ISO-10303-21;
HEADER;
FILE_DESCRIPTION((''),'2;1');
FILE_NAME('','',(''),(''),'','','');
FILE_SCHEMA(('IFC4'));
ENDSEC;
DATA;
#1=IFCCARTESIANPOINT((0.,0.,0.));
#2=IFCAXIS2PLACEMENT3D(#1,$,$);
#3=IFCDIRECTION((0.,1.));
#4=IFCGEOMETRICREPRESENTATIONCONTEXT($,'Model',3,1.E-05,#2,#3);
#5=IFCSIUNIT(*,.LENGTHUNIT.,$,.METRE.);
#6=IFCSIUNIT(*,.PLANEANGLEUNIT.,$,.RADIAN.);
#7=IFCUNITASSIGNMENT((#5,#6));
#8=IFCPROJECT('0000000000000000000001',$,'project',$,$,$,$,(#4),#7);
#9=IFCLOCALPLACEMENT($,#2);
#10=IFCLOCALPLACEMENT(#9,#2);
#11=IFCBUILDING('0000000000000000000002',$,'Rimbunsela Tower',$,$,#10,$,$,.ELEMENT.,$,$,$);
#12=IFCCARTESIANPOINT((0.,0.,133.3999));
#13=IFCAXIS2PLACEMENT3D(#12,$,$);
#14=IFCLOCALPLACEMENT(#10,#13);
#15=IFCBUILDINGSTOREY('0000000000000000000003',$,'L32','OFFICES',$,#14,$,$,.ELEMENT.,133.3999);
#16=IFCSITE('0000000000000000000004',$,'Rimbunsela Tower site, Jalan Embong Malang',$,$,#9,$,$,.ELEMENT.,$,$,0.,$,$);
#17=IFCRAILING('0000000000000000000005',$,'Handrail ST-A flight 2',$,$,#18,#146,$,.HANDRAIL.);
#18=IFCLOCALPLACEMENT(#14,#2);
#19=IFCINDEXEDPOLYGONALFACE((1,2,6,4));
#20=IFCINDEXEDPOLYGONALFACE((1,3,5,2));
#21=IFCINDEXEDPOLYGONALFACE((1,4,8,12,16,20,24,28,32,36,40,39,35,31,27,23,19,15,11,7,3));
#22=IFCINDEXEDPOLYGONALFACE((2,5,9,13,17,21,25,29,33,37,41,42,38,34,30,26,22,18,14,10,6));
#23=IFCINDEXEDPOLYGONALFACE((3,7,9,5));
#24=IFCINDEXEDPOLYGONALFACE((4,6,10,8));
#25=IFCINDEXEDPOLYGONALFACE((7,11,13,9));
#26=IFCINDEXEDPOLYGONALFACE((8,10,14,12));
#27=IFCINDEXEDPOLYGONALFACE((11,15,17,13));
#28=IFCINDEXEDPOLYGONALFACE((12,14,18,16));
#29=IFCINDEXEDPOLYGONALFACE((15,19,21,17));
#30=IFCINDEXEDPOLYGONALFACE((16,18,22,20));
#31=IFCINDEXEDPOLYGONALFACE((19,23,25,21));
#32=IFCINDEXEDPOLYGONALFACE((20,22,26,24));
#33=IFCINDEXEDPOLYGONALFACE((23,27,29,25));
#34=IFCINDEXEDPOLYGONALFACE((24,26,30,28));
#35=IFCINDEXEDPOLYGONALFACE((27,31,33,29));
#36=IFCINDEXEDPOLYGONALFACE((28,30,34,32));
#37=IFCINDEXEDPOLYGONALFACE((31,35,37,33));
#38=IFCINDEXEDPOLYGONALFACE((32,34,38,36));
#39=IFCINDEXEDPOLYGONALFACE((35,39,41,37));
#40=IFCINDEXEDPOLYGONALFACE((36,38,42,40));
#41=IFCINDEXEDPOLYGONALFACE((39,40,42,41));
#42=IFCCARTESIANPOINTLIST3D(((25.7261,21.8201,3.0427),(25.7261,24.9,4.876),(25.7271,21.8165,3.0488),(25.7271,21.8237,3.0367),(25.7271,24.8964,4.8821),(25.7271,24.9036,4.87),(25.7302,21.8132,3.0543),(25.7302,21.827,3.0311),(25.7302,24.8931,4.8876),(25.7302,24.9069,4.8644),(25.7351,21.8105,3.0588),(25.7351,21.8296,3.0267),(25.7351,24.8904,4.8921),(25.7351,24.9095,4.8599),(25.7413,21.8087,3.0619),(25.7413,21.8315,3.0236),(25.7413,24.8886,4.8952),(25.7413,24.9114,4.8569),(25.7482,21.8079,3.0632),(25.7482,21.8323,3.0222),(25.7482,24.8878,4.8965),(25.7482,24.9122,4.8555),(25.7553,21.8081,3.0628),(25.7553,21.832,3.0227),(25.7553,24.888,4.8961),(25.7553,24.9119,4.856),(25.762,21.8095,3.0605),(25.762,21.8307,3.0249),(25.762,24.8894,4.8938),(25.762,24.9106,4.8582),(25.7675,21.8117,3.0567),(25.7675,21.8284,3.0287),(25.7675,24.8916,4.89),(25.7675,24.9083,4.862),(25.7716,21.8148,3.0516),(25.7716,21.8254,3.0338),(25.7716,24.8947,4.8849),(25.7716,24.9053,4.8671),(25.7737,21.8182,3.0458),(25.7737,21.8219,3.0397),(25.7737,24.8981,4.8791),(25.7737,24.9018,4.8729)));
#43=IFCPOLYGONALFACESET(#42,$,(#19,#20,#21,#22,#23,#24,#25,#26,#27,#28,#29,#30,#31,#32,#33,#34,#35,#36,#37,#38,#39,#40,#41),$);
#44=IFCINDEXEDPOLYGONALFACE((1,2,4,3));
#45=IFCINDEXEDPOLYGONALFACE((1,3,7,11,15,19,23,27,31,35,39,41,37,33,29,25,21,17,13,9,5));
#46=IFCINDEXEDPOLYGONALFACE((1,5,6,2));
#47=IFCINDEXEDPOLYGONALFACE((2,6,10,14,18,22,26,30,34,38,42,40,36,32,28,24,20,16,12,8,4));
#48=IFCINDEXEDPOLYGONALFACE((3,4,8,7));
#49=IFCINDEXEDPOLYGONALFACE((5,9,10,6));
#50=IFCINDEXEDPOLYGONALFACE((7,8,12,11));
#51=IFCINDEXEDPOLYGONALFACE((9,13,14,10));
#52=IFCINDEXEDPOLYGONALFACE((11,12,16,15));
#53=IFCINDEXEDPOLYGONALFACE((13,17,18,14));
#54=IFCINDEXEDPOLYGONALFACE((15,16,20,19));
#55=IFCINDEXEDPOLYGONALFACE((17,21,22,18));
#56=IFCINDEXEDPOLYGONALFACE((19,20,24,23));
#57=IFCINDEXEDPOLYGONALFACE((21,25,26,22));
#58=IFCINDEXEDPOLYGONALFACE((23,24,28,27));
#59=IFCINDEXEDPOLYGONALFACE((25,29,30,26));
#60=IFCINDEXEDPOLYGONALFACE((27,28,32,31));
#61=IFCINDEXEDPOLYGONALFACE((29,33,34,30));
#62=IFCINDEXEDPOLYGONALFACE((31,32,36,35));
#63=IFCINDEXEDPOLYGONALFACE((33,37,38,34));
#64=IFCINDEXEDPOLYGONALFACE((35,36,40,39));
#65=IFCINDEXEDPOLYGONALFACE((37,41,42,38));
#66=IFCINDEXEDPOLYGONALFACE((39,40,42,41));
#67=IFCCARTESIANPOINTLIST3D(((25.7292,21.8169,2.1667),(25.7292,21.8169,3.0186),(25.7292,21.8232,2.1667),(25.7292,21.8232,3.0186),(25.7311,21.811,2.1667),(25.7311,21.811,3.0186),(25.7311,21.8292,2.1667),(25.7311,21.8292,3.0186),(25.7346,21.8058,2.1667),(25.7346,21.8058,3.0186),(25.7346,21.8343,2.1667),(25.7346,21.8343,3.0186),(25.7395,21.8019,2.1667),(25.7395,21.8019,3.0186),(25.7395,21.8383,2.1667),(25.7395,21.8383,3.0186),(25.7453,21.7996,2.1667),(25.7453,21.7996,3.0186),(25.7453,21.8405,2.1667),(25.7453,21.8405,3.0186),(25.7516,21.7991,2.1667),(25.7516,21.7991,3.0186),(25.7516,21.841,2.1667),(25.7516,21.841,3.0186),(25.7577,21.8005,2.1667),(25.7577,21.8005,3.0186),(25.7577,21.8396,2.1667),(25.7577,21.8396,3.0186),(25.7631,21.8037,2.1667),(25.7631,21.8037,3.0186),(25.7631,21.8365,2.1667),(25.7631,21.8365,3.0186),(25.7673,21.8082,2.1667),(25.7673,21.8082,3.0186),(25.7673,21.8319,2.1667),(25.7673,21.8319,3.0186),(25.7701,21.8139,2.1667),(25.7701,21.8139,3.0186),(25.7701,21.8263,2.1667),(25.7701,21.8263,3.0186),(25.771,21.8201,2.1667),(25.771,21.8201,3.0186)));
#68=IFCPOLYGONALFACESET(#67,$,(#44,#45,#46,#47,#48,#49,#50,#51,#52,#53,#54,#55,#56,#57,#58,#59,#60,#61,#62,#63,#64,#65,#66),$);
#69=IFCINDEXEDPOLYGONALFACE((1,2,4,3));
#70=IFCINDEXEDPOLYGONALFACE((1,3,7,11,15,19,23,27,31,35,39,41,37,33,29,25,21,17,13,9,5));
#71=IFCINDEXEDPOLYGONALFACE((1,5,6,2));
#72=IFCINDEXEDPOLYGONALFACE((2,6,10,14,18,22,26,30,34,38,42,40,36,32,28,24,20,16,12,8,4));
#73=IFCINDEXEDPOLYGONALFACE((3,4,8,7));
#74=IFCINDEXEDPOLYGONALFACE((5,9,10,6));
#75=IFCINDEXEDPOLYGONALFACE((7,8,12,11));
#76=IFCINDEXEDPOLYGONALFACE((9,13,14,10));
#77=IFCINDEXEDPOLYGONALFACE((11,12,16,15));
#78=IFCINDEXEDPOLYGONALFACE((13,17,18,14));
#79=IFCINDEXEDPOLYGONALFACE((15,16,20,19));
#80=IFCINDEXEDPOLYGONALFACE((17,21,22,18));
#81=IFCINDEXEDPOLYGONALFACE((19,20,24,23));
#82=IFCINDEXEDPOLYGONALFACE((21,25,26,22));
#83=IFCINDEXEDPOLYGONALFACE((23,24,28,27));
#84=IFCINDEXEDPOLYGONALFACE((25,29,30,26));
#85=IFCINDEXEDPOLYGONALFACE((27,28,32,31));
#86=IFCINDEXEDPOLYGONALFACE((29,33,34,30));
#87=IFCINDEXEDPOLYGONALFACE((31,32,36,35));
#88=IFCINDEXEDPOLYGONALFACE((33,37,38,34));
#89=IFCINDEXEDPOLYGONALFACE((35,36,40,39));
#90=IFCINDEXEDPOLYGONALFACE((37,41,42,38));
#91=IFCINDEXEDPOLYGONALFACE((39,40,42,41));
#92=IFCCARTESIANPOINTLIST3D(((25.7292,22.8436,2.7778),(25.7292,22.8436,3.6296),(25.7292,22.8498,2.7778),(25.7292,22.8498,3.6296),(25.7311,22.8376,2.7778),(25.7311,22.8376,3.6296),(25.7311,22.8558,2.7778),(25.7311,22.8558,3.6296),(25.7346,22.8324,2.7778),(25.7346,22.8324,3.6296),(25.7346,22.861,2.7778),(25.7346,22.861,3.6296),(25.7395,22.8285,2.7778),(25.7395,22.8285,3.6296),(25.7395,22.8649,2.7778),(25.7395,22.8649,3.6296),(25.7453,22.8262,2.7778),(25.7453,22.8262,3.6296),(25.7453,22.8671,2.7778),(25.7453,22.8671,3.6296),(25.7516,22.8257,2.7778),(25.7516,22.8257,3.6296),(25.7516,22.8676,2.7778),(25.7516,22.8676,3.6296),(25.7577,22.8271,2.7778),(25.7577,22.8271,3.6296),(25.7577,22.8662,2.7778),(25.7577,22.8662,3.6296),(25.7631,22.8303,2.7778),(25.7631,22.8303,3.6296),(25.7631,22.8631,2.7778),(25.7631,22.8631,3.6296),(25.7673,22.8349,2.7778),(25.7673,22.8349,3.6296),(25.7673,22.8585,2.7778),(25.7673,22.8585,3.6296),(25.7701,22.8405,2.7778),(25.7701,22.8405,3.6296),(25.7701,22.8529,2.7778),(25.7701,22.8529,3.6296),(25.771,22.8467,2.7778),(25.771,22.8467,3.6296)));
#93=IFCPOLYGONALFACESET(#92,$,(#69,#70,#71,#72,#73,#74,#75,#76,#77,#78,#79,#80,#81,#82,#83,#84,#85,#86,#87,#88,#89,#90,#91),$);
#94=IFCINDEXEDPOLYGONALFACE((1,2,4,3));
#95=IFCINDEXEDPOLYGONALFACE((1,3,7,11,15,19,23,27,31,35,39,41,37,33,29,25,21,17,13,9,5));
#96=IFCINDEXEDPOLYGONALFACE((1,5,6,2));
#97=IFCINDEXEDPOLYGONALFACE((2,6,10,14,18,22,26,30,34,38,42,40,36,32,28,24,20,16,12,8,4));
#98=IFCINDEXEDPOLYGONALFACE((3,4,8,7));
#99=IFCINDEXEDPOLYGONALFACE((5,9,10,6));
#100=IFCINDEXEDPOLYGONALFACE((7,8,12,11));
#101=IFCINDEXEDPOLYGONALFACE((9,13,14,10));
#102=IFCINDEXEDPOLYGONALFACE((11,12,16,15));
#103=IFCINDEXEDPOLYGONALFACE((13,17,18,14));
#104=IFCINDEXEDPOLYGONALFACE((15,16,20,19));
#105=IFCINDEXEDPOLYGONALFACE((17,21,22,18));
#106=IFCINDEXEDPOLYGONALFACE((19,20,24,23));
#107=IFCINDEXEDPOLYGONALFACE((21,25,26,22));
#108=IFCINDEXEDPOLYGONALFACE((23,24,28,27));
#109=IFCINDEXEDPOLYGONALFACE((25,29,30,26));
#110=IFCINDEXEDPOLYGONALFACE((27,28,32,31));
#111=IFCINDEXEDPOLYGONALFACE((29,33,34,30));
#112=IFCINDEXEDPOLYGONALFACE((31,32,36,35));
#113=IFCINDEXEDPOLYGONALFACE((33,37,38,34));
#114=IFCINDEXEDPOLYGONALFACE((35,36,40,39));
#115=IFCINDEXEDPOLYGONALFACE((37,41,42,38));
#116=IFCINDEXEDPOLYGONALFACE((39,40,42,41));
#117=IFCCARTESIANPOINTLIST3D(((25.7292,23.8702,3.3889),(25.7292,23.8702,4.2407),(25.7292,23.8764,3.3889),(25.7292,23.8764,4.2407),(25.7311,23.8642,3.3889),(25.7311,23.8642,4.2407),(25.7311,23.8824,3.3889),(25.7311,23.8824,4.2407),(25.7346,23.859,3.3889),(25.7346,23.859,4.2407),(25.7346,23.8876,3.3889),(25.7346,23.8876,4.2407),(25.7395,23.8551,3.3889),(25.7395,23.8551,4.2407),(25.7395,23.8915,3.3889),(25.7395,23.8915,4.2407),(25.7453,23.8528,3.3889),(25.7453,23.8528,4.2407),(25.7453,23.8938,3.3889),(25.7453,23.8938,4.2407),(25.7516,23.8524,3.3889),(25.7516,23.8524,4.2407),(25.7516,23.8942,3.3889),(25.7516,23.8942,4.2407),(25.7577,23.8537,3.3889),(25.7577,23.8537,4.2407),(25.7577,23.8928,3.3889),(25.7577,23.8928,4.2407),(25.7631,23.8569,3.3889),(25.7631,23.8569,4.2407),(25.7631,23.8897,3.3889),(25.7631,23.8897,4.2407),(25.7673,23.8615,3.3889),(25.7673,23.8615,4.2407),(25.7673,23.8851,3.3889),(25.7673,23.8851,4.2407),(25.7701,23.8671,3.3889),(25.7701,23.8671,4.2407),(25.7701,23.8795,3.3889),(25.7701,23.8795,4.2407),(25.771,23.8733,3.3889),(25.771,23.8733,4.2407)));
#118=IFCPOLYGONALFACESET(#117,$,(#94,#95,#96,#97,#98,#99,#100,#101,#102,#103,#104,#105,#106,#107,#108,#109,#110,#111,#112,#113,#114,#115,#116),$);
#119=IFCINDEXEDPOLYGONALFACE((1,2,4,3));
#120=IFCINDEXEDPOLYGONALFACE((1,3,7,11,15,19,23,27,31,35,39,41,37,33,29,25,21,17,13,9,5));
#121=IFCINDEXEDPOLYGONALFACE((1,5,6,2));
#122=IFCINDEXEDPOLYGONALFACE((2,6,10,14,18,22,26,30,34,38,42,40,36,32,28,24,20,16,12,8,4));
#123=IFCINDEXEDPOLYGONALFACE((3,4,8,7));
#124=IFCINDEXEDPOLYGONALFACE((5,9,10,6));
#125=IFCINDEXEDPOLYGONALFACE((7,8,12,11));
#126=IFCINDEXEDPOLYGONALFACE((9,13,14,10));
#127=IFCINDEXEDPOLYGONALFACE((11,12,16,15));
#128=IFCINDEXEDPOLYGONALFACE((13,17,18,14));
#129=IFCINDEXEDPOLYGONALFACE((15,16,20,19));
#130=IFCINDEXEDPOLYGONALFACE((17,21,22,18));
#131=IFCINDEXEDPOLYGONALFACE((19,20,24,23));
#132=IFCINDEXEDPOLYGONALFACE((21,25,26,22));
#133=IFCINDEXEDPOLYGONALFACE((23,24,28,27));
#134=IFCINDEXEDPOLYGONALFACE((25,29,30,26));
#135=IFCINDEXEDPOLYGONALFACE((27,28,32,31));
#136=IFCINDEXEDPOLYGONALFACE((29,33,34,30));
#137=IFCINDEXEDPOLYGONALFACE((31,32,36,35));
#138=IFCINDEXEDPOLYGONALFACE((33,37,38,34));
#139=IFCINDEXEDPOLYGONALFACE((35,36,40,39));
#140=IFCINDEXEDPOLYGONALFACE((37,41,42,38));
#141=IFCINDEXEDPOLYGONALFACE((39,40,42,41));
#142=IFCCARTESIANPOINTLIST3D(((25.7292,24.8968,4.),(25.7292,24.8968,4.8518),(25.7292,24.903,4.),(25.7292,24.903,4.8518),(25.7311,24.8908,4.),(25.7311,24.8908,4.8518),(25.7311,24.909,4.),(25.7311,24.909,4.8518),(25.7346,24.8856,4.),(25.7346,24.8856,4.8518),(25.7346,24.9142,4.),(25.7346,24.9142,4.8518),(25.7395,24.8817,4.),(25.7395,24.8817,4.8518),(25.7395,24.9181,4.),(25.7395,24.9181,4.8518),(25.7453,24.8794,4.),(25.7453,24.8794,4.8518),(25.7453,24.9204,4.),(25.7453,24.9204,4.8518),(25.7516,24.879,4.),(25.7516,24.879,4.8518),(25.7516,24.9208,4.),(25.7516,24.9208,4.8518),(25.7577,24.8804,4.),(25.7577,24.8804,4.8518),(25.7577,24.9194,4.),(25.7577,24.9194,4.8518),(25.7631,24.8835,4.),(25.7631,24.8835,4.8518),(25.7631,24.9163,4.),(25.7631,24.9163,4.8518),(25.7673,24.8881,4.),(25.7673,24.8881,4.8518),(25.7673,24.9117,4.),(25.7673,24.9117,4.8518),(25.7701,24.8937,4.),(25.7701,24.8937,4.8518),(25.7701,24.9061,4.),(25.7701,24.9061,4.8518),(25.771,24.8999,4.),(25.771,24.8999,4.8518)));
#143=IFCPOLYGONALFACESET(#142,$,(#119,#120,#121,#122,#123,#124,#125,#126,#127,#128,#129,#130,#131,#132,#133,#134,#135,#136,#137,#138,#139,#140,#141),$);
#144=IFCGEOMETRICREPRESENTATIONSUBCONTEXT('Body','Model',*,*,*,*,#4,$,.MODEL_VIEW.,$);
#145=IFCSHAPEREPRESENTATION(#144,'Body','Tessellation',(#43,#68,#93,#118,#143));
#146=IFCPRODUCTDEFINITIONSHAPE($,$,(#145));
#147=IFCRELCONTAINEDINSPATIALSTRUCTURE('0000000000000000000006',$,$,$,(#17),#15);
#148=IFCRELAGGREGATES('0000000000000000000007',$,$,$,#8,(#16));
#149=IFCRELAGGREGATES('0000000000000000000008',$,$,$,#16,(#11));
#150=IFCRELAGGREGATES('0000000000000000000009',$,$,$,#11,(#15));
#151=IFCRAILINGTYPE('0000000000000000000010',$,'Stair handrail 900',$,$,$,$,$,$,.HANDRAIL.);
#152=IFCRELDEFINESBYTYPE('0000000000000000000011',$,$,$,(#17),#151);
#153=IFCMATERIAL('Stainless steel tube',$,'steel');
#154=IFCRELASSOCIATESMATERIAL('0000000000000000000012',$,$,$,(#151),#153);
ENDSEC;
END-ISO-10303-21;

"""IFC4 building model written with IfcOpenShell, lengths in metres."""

from ifc_helpers import new_model, si_unit, direction, frame, origin, origin_2d, place, context, subcontext, project, spatial, circle, extrude, material, type_object, element, save


model = new_model("IFC4")

# Units and contexts
model_context = context("Model", 3, precision=1e-05, world=origin(), true_north=direction((0.0, 1.0)))
body_context = subcontext(model_context, "Body", "Model", "MODEL_VIEW")
ifc_project = project(units=[si_unit("LENGTHUNIT", "METRE"), si_unit("PLANEANGLEUNIT", "RADIAN")], contexts=[model_context])

# Site, building, storey
site_placement = place(None, origin())
site = spatial("IfcSite", under=ifc_project, at=site_placement, Name="Rimbunsela Tower site, Jalan Embong Malang", CompositionType="ELEMENT", RefElevation=0.0)
building_placement = place(site_placement, origin())
building = spatial("IfcBuilding", under=site, at=building_placement, Name="Rimbunsela Tower", CompositionType="ELEMENT")
storey_placement = place(building_placement, frame((0.0, 0.0, 133.3999)))
storey = spatial("IfcBuildingStorey", under=building, at=storey_placement, Name="L32", Description="OFFICES", CompositionType="ELEMENT", Elevation=133.3999)

# Railing
ifc_material_1 = material(Name="Stainless steel tube", Category="steel")
railing_type = type_object("IfcRailingType", Name="Stair handrail 900", PredefinedType="HANDRAIL", material=ifc_material_1)
railing_1_placement = place(storey_placement, frame((25.75, 21.8201, 2.1667)))
element("IfcRailing", 1, at=railing_1_placement, inside=storey, type_object=railing_type, Name="Handrail ST-A flight 2", PredefinedType="HANDRAIL", context=body_context, shape_type="SweptSolid", body=[
    extrude(circle(Radius=0.0239, at=origin_2d()), frame((0.0, 0.0, 0.876), z_axis=(0.0, 0.859291, 0.511487), x_axis=(-1.0, 0.0, 0.0)), (0.0, 0.0, 1.0), 3.5842),
    extrude(circle(Radius=0.021, at=origin_2d()), origin(), (0.0, 0.0, 1.0), 0.8518),
    extrude(circle(Radius=0.021, at=origin_2d()), frame((0.0, 1.0266, 0.6111)), (0.0, 0.0, 1.0), 0.8518),
    extrude(circle(Radius=0.021, at=origin_2d()), frame((0.0, 2.0532, 1.2222)), (0.0, 0.0, 1.0), 0.8518),
    extrude(circle(Radius=0.021, at=origin_2d()), frame((0.0, 3.0798, 1.8333)), (0.0, 0.0, 1.0), 0.8518),
])

save(model, "model.ifc")
